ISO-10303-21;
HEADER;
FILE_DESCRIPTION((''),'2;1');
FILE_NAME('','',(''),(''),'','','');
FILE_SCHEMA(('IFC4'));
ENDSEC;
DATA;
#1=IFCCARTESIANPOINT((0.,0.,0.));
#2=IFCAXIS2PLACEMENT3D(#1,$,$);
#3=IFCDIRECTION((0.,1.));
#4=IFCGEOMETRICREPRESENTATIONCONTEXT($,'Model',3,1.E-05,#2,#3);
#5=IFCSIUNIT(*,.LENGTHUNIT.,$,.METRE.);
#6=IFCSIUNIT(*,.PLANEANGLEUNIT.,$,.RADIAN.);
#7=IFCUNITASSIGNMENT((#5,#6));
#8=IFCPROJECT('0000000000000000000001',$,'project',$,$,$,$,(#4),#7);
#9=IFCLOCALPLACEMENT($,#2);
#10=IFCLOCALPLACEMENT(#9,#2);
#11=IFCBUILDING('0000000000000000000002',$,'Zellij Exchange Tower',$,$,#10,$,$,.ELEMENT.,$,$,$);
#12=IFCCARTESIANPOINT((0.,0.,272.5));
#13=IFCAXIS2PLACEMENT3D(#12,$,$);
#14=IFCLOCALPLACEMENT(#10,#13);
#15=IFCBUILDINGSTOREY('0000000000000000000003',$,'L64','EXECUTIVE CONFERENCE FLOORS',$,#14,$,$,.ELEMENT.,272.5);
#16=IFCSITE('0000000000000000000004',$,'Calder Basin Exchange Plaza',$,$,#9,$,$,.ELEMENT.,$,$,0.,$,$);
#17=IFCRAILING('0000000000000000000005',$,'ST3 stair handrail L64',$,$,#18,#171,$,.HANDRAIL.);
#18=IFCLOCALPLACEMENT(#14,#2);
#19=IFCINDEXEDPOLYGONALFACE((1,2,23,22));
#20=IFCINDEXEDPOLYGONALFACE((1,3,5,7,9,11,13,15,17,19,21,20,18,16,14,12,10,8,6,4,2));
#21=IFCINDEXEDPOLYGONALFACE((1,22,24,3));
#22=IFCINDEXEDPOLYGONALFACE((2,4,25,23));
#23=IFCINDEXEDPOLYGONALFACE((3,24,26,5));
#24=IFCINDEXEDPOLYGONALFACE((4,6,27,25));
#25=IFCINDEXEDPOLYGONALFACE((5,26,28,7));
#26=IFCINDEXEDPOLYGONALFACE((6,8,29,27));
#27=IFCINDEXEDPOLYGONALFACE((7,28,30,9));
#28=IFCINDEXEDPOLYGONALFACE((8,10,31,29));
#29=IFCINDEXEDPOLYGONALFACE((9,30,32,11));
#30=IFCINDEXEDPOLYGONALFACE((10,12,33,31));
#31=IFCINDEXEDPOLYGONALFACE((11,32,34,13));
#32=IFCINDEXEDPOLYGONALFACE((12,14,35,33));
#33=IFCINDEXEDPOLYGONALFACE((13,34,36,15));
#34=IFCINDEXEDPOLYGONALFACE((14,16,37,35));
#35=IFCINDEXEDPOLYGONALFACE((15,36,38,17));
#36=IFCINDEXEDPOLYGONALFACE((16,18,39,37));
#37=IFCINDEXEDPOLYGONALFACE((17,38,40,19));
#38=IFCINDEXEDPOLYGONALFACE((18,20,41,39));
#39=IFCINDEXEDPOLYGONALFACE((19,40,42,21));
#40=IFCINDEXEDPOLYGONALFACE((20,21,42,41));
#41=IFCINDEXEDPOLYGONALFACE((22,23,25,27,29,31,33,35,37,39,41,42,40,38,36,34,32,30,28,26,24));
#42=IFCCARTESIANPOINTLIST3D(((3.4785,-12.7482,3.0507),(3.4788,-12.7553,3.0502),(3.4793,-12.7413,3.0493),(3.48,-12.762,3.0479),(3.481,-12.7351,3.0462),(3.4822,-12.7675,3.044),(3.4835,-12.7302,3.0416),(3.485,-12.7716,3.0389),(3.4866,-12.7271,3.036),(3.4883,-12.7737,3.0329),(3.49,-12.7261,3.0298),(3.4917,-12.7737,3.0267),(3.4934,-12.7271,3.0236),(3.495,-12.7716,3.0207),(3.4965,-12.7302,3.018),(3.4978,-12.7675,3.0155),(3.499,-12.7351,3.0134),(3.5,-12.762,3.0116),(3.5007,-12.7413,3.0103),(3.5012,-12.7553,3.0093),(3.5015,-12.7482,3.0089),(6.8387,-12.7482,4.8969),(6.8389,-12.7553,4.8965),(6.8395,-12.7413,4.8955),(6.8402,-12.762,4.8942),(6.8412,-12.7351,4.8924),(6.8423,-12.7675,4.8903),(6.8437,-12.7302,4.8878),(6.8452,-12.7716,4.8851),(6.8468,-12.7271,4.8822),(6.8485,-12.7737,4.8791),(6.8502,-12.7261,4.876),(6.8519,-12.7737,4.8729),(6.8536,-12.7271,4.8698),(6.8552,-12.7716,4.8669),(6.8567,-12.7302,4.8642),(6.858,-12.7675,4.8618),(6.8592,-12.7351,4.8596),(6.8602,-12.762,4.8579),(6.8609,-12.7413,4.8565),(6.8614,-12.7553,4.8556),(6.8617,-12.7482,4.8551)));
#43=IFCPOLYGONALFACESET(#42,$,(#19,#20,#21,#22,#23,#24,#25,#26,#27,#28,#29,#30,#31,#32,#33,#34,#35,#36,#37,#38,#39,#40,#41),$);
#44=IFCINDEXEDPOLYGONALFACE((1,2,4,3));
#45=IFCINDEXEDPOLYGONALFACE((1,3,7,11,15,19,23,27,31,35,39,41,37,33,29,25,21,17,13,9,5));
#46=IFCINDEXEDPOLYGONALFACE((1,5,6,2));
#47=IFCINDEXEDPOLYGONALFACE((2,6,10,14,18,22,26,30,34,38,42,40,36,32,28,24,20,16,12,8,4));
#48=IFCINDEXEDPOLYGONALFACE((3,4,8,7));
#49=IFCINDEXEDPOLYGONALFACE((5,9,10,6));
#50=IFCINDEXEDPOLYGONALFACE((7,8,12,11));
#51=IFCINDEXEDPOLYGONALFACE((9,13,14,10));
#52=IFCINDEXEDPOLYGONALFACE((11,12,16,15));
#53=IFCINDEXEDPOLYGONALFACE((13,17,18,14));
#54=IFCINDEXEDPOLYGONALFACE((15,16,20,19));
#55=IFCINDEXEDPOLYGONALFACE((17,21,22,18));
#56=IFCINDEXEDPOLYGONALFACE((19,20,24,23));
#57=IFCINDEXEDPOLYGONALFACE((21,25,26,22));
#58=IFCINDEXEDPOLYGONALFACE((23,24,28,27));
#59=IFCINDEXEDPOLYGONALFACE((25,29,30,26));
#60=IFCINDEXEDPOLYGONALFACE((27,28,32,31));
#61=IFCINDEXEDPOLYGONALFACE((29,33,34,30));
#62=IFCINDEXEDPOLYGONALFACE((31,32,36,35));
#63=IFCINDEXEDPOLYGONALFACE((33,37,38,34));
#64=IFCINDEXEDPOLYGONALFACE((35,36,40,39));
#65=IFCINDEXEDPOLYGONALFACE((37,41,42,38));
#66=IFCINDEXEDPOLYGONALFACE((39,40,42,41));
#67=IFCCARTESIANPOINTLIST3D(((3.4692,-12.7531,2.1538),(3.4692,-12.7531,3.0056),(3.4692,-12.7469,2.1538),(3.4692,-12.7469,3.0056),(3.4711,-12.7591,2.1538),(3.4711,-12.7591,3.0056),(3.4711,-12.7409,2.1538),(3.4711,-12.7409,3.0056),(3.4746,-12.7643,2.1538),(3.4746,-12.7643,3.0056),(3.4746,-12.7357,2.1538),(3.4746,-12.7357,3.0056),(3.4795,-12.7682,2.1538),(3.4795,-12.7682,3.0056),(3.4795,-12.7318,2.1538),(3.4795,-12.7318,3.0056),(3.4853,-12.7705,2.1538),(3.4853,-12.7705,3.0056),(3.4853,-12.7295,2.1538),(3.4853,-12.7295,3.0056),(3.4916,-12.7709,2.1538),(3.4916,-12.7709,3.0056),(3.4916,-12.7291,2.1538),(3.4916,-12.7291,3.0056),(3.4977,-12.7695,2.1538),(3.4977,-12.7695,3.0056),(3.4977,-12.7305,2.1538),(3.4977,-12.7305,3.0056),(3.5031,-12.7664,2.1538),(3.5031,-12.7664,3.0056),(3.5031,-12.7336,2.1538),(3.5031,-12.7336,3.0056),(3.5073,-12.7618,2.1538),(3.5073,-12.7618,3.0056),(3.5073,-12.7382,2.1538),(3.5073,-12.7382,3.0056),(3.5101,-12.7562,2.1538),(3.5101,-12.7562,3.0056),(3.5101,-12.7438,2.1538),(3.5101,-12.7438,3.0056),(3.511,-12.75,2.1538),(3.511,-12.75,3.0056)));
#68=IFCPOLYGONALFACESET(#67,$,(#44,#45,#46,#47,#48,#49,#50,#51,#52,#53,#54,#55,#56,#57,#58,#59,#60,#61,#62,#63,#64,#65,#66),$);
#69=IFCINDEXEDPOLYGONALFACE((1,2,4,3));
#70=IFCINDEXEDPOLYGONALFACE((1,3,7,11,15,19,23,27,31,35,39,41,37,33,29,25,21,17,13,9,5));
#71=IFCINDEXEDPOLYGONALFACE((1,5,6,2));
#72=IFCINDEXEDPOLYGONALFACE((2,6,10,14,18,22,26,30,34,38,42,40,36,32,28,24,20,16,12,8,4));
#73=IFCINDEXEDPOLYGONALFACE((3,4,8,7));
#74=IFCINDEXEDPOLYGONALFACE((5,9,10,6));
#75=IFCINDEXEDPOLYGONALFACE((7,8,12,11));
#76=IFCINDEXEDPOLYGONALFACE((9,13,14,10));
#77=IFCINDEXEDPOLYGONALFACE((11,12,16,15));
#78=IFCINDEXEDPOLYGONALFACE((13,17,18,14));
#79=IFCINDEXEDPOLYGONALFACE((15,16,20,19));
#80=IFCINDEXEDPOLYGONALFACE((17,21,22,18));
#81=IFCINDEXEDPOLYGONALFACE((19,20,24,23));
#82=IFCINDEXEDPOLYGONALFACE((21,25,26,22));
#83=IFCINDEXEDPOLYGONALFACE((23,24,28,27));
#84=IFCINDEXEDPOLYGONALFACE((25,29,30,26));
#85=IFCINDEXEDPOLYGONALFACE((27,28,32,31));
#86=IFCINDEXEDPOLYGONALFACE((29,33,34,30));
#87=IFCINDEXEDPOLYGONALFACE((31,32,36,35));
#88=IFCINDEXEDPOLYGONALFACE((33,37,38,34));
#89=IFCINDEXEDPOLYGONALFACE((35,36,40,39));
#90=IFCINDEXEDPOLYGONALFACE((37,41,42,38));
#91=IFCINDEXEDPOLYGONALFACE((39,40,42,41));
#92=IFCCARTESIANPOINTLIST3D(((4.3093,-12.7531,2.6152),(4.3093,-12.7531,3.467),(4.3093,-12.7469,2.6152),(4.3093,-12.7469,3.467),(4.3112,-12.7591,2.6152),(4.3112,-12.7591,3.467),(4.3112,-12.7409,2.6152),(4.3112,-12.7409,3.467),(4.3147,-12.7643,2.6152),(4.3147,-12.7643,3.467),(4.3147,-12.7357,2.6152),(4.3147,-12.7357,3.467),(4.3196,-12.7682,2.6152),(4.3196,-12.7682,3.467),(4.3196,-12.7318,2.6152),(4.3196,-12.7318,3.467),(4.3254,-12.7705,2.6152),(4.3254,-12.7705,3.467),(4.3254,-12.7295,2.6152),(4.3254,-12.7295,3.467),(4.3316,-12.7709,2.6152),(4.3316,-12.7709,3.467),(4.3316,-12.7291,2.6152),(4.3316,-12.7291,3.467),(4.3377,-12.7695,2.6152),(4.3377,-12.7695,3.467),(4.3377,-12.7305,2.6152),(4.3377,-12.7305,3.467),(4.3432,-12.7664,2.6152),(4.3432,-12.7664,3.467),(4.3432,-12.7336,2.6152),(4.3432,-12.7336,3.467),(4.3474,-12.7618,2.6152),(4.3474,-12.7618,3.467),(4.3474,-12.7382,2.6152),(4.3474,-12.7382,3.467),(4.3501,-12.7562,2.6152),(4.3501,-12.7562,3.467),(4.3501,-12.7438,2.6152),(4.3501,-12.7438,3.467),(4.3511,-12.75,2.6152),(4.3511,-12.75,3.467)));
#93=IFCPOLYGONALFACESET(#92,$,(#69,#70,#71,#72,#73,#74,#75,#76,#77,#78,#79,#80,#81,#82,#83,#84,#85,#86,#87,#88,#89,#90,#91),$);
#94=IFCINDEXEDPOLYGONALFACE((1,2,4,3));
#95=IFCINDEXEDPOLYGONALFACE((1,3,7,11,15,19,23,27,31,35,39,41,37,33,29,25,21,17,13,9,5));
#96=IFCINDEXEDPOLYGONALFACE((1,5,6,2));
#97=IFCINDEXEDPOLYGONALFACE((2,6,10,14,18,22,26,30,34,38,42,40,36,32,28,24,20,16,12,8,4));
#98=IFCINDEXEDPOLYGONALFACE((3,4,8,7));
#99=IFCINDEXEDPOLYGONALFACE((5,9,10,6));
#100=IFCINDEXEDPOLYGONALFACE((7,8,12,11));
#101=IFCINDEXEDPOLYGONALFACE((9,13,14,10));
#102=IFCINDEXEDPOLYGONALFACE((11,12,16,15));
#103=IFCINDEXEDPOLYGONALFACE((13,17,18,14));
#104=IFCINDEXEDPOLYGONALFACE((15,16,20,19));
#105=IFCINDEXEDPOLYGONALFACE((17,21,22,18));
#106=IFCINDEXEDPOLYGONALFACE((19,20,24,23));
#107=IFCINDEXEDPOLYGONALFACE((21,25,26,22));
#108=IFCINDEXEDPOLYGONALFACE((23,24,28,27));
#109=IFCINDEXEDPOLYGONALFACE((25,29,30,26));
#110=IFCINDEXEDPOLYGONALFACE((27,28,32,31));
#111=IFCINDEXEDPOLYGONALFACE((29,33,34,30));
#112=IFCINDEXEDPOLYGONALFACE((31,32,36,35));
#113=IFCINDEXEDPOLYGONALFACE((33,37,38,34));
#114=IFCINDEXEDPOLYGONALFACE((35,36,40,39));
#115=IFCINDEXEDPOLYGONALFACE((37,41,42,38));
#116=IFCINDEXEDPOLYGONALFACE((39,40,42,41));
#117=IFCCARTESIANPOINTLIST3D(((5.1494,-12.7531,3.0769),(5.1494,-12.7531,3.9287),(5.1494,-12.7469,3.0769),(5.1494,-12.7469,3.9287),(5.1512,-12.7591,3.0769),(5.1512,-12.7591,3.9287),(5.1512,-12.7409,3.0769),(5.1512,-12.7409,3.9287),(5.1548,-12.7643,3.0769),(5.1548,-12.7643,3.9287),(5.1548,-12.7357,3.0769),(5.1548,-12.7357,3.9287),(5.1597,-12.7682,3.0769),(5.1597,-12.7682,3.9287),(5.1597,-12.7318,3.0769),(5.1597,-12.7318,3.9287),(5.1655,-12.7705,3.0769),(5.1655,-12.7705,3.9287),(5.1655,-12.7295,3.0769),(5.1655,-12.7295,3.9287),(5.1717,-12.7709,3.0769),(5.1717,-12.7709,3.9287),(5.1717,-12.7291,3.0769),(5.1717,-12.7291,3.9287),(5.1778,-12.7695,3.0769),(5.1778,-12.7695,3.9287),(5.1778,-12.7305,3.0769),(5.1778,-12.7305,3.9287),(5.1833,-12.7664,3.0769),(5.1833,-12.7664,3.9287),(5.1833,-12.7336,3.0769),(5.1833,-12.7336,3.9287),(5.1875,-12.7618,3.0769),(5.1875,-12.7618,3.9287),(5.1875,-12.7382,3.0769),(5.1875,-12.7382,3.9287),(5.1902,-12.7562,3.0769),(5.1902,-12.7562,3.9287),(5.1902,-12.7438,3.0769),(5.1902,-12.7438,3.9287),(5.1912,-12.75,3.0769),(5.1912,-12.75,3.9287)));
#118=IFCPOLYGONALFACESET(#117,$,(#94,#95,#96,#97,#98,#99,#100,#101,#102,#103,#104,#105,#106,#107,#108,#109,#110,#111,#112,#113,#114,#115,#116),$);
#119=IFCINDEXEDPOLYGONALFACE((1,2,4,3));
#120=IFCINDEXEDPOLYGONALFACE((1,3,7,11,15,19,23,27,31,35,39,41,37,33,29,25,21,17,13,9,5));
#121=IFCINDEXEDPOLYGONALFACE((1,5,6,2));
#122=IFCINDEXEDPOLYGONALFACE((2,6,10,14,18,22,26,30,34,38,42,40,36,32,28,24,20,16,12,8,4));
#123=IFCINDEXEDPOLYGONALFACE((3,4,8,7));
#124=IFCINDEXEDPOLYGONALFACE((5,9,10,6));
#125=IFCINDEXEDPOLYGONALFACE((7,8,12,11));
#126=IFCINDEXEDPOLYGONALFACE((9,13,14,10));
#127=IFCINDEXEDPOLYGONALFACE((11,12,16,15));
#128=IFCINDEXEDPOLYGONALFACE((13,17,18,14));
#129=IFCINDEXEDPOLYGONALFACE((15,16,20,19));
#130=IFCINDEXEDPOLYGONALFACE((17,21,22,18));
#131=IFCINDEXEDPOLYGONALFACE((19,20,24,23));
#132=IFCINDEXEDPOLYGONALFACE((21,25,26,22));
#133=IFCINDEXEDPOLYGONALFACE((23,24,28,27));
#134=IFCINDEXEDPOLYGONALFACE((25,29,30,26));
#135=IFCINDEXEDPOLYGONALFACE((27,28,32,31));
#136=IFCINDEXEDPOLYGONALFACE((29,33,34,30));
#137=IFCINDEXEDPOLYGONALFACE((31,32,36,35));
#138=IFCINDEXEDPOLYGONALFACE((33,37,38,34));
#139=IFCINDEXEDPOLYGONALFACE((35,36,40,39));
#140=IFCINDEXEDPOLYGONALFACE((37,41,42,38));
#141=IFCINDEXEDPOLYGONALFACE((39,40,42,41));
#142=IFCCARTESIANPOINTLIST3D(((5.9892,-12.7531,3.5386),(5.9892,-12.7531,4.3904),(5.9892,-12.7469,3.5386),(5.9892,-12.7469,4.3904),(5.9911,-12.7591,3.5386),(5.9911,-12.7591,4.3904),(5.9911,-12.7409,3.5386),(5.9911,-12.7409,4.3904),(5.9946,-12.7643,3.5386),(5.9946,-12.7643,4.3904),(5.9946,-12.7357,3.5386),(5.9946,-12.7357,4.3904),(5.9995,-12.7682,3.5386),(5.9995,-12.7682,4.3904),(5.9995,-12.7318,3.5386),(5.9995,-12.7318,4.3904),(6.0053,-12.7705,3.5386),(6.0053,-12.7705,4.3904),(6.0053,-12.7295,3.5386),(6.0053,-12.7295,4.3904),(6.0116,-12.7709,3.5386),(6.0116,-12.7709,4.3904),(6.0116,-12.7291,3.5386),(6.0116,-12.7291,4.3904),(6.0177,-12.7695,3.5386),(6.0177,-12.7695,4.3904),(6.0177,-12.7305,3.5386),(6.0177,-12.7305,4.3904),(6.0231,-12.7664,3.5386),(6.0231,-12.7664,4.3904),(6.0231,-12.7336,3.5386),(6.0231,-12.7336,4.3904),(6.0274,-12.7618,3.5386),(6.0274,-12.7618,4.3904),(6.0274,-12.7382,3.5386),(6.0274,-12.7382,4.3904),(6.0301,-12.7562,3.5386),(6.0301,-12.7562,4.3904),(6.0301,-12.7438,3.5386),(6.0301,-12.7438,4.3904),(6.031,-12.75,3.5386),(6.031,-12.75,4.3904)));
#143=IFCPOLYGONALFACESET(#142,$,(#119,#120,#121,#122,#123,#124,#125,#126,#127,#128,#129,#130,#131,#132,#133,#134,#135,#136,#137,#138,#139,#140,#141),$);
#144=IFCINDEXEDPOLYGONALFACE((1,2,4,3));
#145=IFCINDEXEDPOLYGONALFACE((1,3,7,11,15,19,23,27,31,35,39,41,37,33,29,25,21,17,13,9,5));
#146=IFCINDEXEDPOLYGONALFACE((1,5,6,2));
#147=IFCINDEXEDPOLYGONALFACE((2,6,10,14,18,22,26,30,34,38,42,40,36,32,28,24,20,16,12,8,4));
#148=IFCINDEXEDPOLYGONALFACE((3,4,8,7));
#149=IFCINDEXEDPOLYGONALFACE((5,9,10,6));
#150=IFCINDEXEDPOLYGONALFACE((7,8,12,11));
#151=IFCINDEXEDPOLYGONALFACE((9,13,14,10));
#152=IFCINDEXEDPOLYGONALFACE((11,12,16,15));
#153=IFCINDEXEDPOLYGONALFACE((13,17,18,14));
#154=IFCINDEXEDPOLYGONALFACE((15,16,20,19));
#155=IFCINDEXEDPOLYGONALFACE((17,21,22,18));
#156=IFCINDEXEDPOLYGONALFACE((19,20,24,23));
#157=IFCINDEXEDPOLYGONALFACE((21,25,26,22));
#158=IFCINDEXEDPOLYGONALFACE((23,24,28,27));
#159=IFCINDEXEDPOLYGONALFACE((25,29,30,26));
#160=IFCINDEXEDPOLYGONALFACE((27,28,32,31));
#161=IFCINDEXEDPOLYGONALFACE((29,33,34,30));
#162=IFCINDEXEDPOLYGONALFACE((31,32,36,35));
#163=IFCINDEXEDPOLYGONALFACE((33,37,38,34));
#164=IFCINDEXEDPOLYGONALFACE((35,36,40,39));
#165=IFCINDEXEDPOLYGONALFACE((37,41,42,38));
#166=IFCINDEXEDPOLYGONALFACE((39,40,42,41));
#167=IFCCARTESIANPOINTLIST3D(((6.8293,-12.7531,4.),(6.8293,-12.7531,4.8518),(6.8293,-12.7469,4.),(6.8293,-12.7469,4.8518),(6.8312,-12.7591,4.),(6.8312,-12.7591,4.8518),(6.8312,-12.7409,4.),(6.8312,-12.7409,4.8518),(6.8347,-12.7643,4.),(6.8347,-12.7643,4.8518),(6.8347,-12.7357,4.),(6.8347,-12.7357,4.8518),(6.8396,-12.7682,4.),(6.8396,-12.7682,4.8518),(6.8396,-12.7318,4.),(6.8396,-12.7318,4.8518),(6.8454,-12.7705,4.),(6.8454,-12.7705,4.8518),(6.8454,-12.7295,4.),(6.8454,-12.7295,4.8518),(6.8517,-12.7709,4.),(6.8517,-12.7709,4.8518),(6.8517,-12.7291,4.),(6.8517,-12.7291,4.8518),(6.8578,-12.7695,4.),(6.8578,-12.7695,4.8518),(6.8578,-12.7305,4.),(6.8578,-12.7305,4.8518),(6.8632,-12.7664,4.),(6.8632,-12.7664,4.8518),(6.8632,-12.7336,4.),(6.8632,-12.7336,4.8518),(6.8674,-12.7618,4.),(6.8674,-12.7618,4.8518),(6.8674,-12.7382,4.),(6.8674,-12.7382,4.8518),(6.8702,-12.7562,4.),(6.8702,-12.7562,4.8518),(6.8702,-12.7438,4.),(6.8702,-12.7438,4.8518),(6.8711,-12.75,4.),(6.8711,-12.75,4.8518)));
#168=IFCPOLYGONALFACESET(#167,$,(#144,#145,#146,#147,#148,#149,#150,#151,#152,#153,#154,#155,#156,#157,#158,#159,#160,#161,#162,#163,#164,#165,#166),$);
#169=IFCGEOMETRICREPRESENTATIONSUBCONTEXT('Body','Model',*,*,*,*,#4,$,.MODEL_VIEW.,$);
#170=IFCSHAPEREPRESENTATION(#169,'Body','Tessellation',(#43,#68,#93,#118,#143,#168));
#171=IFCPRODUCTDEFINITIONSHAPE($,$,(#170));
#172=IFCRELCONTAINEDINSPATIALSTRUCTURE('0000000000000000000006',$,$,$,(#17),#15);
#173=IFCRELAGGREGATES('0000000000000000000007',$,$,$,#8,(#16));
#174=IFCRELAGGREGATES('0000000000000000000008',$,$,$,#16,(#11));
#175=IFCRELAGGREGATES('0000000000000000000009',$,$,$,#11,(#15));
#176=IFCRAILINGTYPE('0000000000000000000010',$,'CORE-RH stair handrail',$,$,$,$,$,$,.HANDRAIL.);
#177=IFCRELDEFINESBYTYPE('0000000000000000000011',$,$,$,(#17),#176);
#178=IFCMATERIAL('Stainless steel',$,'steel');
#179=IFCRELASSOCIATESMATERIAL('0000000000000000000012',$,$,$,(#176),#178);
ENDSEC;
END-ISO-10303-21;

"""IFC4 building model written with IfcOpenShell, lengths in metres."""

from ifc_helpers import new_model, si_unit, direction, frame, origin, origin_2d, place, context, subcontext, project, spatial, circle, extrude, material, type_object, element, save


model = new_model("IFC4")

# Units and contexts
model_context = context("Model", 3, precision=1e-05, world=origin(), true_north=direction((0.0, 1.0)))
body_context = subcontext(model_context, "Body", "Model", "MODEL_VIEW")
ifc_project = project(units=[si_unit("LENGTHUNIT", "METRE"), si_unit("PLANEANGLEUNIT", "RADIAN")], contexts=[model_context])

# Site, building, storey
site_placement = place(None, origin())
site = spatial("IfcSite", under=ifc_project, at=site_placement, Name="Calder Basin Exchange Plaza", CompositionType="ELEMENT", RefElevation=0.0)
building_placement = place(site_placement, origin())
building = spatial("IfcBuilding", under=site, at=building_placement, Name="Zellij Exchange Tower", CompositionType="ELEMENT")
storey_placement = place(building_placement, frame((0.0, 0.0, 272.5)))
storey = spatial("IfcBuildingStorey", under=building, at=storey_placement, Name="L64", Description="EXECUTIVE CONFERENCE FLOORS", CompositionType="ELEMENT", Elevation=272.5)

# Railing
ifc_material_1 = material(Name="Stainless steel", Category="steel")
railing_type_1 = type_object("IfcRailingType", Name="CORE-RH stair handrail", PredefinedType="HANDRAIL", material=ifc_material_1)
railing_1_placement = place(storey_placement, frame((3.49, -12.75, 2.1538)))
element("IfcRailing", 1, at=railing_1_placement, inside=storey, type_object=railing_type_1, Name="ST3 stair handrail L64", PredefinedType="HANDRAIL", context=body_context, shape_type="SweptSolid", body=[
    extrude(circle(Radius=0.0239, at=origin_2d()), frame((0.0, 0.0, 0.876), z_axis=(0.876422, 0.0, 0.481545), x_axis=(0.0, 1.0, 0.0)), (0.0, 0.0, 1.0), 3.834),
    extrude(circle(Radius=0.021, at=origin_2d()), origin(), (0.0, 0.0, 1.0), 0.8518),
    extrude(circle(Radius=0.021, at=origin_2d()), frame((0.8401, 0.0, 0.4614)), (0.0, 0.0, 1.0), 0.8518),
    extrude(circle(Radius=0.021, at=origin_2d()), frame((1.6802, 0.0, 0.9231)), (0.0, 0.0, 1.0), 0.8518),
    extrude(circle(Radius=0.021, at=origin_2d()), frame((2.52, 0.0, 1.3848)), (0.0, 0.0, 1.0), 0.8518),
    extrude(circle(Radius=0.021, at=origin_2d()), frame((3.3601, 0.0, 1.8462)), (0.0, 0.0, 1.0), 0.8518),
])

save(model, "model.ifc")
